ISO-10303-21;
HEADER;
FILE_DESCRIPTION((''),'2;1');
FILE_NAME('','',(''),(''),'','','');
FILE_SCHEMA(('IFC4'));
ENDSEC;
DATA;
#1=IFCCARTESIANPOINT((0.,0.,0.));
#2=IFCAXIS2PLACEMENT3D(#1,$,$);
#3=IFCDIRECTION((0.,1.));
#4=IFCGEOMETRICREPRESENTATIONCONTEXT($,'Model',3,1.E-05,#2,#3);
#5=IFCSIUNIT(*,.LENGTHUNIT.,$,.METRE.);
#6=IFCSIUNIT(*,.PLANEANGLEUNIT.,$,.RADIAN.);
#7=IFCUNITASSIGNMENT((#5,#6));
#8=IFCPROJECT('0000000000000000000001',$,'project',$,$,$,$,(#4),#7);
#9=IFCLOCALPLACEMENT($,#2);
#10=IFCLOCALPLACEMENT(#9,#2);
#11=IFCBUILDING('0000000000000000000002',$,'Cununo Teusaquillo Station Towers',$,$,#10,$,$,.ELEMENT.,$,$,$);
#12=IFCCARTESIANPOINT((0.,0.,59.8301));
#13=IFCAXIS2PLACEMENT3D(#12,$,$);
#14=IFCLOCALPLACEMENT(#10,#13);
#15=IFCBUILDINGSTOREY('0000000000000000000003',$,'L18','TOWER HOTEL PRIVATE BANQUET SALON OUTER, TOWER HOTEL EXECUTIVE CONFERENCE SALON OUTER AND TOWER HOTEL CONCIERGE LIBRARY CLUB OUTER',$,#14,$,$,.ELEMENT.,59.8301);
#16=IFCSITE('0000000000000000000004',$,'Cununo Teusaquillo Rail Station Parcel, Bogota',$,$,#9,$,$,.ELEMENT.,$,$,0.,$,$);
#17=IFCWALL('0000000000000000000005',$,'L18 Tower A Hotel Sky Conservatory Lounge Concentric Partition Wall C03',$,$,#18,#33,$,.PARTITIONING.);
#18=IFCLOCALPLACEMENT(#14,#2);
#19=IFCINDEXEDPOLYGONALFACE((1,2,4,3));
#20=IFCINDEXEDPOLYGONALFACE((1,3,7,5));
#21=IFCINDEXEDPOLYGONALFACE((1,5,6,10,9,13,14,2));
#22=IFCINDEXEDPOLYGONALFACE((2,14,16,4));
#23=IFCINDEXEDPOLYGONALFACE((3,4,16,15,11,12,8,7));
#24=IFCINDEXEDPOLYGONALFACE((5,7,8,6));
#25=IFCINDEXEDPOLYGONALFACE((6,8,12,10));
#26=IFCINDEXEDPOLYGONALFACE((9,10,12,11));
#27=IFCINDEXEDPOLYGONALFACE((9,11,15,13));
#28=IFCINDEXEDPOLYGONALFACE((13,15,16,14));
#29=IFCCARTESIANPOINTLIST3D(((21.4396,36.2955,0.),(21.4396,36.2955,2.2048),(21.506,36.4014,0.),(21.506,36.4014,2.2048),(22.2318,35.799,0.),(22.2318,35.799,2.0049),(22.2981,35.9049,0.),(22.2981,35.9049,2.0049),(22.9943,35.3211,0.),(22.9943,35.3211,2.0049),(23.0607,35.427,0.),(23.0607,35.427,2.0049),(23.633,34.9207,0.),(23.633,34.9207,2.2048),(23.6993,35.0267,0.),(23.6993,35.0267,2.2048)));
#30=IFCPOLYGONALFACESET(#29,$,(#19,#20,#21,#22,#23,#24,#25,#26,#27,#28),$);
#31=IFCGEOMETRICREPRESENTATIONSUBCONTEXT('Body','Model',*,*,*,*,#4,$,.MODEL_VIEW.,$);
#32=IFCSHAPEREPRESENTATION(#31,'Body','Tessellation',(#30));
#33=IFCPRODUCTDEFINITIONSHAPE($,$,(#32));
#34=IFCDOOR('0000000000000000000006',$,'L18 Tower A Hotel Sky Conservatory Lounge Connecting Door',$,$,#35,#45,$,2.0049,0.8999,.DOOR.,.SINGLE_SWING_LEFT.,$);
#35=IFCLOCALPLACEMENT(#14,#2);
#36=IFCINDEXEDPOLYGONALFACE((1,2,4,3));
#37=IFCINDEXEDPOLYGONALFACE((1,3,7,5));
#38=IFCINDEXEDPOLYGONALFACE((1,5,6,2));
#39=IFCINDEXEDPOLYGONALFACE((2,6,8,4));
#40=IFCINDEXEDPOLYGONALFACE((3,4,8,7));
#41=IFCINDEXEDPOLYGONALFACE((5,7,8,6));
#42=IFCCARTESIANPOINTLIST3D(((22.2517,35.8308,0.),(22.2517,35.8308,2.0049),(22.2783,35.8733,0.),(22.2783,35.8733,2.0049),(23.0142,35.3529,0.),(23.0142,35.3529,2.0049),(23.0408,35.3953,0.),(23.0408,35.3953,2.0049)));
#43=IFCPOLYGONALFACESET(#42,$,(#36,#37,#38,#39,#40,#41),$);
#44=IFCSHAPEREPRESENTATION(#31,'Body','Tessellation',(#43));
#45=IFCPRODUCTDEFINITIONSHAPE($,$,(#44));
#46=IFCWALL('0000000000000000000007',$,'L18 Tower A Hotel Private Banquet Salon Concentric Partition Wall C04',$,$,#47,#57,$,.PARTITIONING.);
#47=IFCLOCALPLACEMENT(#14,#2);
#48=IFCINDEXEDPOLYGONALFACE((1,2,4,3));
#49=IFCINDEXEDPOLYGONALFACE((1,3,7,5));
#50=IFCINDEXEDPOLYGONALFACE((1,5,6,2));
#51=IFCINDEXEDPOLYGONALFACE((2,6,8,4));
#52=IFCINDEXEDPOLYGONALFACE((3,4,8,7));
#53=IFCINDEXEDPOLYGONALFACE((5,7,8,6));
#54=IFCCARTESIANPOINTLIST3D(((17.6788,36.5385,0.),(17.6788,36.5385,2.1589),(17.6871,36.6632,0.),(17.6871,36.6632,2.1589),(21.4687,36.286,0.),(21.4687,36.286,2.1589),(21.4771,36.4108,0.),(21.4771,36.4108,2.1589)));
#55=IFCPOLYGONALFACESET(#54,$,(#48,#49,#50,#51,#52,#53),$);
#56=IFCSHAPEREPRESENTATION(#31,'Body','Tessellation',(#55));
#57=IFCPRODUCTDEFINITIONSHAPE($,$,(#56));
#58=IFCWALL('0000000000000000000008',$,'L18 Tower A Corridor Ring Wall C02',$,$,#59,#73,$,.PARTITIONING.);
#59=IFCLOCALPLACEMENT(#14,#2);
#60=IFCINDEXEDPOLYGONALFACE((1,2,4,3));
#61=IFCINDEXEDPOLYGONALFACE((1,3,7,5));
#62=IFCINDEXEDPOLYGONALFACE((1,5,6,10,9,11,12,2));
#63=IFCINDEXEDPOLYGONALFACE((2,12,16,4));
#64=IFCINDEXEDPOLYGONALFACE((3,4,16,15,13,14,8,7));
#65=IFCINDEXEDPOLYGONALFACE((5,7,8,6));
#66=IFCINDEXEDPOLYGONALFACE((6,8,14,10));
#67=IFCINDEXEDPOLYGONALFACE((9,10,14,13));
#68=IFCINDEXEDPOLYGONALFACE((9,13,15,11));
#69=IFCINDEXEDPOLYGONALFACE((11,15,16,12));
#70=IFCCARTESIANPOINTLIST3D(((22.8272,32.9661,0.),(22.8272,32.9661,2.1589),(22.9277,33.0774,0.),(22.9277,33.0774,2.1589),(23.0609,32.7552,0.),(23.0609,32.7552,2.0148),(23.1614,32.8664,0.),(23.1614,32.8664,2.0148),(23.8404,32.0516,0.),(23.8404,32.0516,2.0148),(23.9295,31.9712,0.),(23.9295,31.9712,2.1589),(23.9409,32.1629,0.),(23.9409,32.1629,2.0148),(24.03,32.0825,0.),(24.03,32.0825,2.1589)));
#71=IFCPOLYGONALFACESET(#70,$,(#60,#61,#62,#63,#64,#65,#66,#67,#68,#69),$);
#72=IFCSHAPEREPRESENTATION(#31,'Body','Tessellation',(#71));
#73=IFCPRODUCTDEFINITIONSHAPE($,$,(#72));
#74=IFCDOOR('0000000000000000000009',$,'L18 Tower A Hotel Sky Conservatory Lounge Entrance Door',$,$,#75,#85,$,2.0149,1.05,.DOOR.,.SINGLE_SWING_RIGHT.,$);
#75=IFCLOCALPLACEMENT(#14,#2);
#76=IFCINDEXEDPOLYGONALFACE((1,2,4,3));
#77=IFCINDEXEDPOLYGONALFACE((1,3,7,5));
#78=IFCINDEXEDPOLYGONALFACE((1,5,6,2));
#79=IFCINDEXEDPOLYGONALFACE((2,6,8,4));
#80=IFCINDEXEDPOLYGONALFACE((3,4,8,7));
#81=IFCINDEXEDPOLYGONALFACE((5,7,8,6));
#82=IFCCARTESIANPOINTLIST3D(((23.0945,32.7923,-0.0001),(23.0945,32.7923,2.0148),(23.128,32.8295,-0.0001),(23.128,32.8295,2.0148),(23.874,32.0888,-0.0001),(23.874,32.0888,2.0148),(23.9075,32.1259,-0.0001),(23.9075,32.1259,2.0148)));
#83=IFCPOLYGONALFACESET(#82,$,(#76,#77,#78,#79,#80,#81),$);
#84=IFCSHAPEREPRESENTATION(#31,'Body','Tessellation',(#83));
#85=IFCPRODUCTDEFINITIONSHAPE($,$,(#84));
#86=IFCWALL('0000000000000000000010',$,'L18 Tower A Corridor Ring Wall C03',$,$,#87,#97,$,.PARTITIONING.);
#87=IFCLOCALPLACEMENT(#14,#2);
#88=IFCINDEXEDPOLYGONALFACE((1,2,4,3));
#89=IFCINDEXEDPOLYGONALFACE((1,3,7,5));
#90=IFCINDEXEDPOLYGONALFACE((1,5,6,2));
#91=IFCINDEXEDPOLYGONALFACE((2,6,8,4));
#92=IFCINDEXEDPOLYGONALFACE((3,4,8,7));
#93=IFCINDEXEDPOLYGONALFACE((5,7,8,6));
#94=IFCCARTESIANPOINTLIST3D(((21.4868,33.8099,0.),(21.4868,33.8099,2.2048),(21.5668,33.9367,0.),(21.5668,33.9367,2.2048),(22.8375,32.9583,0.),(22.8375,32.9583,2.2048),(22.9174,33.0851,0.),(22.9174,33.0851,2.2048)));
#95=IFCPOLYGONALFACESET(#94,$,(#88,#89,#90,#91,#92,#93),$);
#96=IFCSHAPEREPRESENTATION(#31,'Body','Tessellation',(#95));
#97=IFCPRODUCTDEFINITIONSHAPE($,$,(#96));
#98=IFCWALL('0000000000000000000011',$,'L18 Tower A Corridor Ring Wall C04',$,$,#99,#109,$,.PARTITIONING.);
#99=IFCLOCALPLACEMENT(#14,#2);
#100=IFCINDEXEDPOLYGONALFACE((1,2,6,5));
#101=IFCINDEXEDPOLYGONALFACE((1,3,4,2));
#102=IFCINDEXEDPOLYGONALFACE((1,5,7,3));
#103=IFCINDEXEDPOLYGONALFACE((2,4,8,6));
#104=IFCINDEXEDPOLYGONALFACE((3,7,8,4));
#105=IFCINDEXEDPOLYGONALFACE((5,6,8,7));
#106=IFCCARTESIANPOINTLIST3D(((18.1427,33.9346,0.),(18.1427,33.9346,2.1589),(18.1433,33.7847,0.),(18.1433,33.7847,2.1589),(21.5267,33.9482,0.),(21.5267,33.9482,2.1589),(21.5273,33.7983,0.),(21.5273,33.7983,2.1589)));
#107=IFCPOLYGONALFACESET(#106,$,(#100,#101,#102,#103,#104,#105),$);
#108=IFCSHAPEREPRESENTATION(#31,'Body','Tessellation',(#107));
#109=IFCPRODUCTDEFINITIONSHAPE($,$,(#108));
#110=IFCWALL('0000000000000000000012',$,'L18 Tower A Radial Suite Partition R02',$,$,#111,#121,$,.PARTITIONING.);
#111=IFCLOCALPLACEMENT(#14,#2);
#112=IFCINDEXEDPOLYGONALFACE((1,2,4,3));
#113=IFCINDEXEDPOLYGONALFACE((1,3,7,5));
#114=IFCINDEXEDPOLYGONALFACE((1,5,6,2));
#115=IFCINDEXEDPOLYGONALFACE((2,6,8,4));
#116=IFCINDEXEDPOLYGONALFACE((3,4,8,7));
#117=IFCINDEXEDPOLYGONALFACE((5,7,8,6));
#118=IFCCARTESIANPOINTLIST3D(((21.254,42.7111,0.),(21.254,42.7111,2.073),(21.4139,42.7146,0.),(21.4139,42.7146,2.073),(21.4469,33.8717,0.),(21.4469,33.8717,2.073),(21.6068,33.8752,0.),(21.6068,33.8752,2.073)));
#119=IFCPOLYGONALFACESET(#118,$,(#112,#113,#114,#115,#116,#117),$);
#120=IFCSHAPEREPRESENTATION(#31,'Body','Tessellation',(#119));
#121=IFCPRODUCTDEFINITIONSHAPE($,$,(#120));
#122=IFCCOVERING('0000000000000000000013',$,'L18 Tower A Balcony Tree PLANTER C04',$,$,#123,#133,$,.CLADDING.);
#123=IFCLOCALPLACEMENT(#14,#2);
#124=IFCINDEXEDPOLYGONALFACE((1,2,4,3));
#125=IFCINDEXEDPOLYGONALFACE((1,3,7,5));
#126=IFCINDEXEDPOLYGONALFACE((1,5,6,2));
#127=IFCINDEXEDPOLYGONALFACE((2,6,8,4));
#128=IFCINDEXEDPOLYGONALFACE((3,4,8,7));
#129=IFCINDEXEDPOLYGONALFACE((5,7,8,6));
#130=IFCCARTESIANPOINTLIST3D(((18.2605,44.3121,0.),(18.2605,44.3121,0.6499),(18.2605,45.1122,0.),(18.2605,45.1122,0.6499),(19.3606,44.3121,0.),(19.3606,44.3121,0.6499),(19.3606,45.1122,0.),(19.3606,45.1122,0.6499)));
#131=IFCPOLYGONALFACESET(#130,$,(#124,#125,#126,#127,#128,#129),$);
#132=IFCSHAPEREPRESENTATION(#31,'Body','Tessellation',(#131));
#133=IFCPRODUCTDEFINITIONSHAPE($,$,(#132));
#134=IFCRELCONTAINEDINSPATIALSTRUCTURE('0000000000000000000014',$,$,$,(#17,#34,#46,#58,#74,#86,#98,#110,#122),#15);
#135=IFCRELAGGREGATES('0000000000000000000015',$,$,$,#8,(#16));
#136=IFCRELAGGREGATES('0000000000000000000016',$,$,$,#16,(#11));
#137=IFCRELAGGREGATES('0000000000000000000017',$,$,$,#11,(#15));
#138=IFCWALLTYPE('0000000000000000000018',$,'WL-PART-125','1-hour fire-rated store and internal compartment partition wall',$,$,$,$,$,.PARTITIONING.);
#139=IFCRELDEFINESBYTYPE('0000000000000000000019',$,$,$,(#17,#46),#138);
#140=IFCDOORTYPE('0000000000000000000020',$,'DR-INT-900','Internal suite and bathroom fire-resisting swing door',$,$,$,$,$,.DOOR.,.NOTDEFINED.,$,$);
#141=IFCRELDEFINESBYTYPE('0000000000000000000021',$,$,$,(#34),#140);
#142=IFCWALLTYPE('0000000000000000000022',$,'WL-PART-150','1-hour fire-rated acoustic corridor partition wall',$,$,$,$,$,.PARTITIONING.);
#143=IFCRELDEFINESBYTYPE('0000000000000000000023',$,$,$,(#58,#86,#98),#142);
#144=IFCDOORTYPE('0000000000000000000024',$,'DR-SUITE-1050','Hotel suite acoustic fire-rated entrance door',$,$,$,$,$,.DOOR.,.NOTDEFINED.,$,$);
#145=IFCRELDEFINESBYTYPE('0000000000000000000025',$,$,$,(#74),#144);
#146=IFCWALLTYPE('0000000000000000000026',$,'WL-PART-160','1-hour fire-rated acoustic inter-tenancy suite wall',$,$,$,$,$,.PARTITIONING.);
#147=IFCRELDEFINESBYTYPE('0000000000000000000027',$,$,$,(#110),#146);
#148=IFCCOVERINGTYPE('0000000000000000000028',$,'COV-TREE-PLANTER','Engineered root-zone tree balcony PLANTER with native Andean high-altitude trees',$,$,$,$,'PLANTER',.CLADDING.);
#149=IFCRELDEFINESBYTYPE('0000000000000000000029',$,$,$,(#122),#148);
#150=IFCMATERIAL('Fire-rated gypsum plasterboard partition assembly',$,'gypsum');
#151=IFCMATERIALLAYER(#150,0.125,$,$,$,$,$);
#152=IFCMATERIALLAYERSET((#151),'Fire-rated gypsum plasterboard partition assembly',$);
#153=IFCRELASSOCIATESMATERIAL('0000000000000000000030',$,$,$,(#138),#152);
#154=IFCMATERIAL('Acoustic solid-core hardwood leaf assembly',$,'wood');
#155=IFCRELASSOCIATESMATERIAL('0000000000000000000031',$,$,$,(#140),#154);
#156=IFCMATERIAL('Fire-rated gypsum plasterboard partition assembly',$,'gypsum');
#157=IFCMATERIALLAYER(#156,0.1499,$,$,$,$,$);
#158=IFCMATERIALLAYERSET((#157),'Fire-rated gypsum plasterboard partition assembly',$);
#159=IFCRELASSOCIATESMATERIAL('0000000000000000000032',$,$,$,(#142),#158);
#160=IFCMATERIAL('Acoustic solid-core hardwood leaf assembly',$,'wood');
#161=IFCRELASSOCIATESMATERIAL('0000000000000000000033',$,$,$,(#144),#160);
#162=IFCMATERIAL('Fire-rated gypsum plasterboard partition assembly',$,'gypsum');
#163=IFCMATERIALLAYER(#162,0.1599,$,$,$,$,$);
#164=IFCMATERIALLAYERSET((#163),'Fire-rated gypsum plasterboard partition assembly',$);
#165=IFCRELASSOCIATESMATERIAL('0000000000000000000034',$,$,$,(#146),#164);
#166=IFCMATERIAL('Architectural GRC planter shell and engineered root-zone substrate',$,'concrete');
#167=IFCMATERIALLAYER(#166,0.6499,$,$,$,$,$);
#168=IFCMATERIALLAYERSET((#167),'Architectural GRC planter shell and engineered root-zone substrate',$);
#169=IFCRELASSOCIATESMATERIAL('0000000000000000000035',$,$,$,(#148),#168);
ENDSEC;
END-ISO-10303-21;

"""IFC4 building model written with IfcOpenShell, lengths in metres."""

from ifc_helpers import new_model, si_unit, direction, frame, frame_2d, origin, origin_2d, place, context, subcontext, project, spatial, rectangle, extrude, source, transform, mapped, material, layer, layer_set, type_object, element, fill, save


model = new_model("IFC4")

# Units and contexts
model_context = context("Model", 3, precision=1e-05, world=origin(), true_north=direction((0.0, 1.0)))
body_context = subcontext(model_context, "Body", "Model", "MODEL_VIEW")
ifc_project = project(units=[si_unit("LENGTHUNIT", "METRE"), si_unit("PLANEANGLEUNIT", "RADIAN")], contexts=[model_context])

# Site, building, storey
site_placement = place(None, origin())
site = spatial("IfcSite", under=ifc_project, at=site_placement, Name="Cununo Teusaquillo Rail Station Parcel, Bogota", CompositionType="ELEMENT", RefElevation=0.0)
building_placement = place(site_placement, origin())
building = spatial("IfcBuilding", under=site, at=building_placement, Name="Cununo Teusaquillo Station Towers", CompositionType="ELEMENT")
storey_placement = place(building_placement, frame((0.0, 0.0, 59.8301)))
storey = spatial("IfcBuildingStorey", under=building, at=storey_placement, Name="L18", Description="TOWER HOTEL PRIVATE BANQUET SALON OUTER, TOWER HOTEL EXECUTIVE CONFERENCE SALON OUTER AND TOWER HOTEL CONCIERGE LIBRARY CLUB OUTER", CompositionType="ELEMENT", Elevation=59.8301)

# Shared definitions
ifc_material_1 = material(Name="Fire-rated gypsum plasterboard partition assembly", Category="gypsum")
ifc_layer_1 = layer(ifc_material_1, 0.125)
ifc_layer_set_1 = layer_set([ifc_layer_1], Name="Fire-rated gypsum plasterboard partition assembly")
wall_type_1 = type_object("IfcWallType", Name="WL-PART-125", Description="1-hour fire-rated store and internal compartment partition wall", PredefinedType="PARTITIONING", material=ifc_layer_set_1)

# Wall, opening, door
wall_1_placement = place(storey_placement, frame((23.6663, 34.9736, 0.0), z_axis=(0.0, 0.0, 1.0), x_axis=(-0.847319, 0.531084, 0.0)))
wall_1 = element("IfcWall", 1, at=wall_1_placement, inside=storey, type_object=wall_type_1, Name="L18 Tower A Hotel Sky Conservatory Lounge Concentric Partition Wall C03", PredefinedType="PARTITIONING", context=body_context, shape_type="SweptSolid", body=[
    extrude(rectangle(XDim=2.5886, YDim=0.125, at=frame_2d((1.2944, 0.0))), origin(), (0.0, 0.0, 1.0), 2.2048),
])
shared_shape_1 = source(origin(), body_context, "Body", "SweptSolid", [
    extrude(rectangle(XDim=0.8999, YDim=2.0049, at=frame_2d((0.45, 1.0024))), frame((0.0, 0.0725, 0.0), z_axis=(0.0, -1.0, 0.0), x_axis=(1.0, 0.0, 0.0)), (0.0, 0.0, 1.0), 0.145),
])
opening_1_placement = place(wall_1_placement, frame((0.7539, 0.0, 0.0)))
opening_1 = element("IfcOpeningElement", 2, at=opening_1_placement, cuts=wall_1, PredefinedType="OPENING", context=body_context, shape_type="MappedRepresentation", body=[
    mapped(shared_shape_1, transform((0.0, 0.0, 0.0), x_axis=(1.0, 0.0, 0.0), y_axis=(0.0, 1.0, 0.0), z_axis=(0.0, 0.0, 1.0), scale=1.0)),
])
ifc_material_2 = material(Name="Acoustic solid-core hardwood leaf assembly", Category="wood")
door_type_1 = type_object("IfcDoorType", Name="DR-INT-900", Description="Internal suite and bathroom fire-resisting swing door", OperationType="NOTDEFINED", PredefinedType="DOOR", material=ifc_material_2)
shared_shape_2 = source(origin(), body_context, "Body", "SweptSolid", [
    extrude(rectangle(XDim=0.8999, YDim=2.0049, at=frame_2d((0.45, 1.0024))), frame((0.0, 0.0249, 0.0), z_axis=(0.0, -1.0, 0.0), x_axis=(1.0, 0.0, 0.0)), (0.0, 0.0, 1.0), 0.05),
])
door_1_placement = place(opening_1_placement, origin())
door_1 = element("IfcDoor", 3, at=door_1_placement, inside=storey, type_object=door_type_1, Name="L18 Tower A Hotel Sky Conservatory Lounge Connecting Door", OperationType="SINGLE_SWING_LEFT", OverallHeight=2.0049, OverallWidth=0.8999, PredefinedType="DOOR", context=body_context, shape_type="MappedRepresentation", body=[
    mapped(shared_shape_2, transform((0.0, 0.0, 0.0), x_axis=(1.0, 0.0, 0.0), y_axis=(0.0, 1.0, 0.0), z_axis=(0.0, 0.0, 1.0), scale=1.0)),
])
fill(opening_1, door_1)

# Wall
wall_2_placement = place(storey_placement, frame((21.4729, 36.3484, 0.0), z_axis=(0.0, 0.0, 1.0), x_axis=(-0.997789, 0.066459, 0.0)))
element("IfcWall", 4, at=wall_2_placement, inside=storey, type_object=wall_type_1, Name="L18 Tower A Hotel Private Banquet Salon Concentric Partition Wall C04", PredefinedType="PARTITIONING", context=body_context, shape_type="SweptSolid", body=[
    extrude(rectangle(XDim=3.7983, YDim=0.125, at=frame_2d((1.8992, 0.0))), origin(), (0.0, 0.0, 1.0), 2.1589),
])

# Wall, opening, door
ifc_material_3 = material(Name="Fire-rated gypsum plasterboard partition assembly", Category="gypsum")
ifc_layer_2 = layer(ifc_material_3, 0.1499)
ifc_layer_set_2 = layer_set([ifc_layer_2], Name="Fire-rated gypsum plasterboard partition assembly")
wall_type_2 = type_object("IfcWallType", Name="WL-PART-150", Description="1-hour fire-rated acoustic corridor partition wall", PredefinedType="PARTITIONING", material=ifc_layer_set_2)
wall_3_placement = place(storey_placement, frame((23.9797, 32.0269, 0.0), z_axis=(0.0, 0.0, 1.0), x_axis=(-0.742353, 0.670009, 0.0)))
wall_3 = element("IfcWall", 5, at=wall_3_placement, inside=storey, type_object=wall_type_2, Name="L18 Tower A Corridor Ring Wall C02", PredefinedType="PARTITIONING", context=body_context, shape_type="SweptSolid", body=[
    extrude(rectangle(XDim=1.4849, YDim=0.1499, at=frame_2d((0.7424, 0.0))), origin(), (0.0, 0.0, 1.0), 2.1589),
])
shared_shape_3 = source(origin(), body_context, "Body", "SweptSolid", [
    extrude(rectangle(XDim=1.05, YDim=2.0149, at=frame_2d((0.5249, 1.0073))), frame((0.0, 0.085, 0.0), z_axis=(0.0, -1.0, 0.0), x_axis=(1.0, 0.0, 0.0)), (0.0, 0.0, 1.0), 0.1699),
])
opening_2_placement = place(wall_3_placement, frame((0.1201, 0.0, 0.0)))
opening_2 = element("IfcOpeningElement", 6, at=opening_2_placement, cuts=wall_3, PredefinedType="OPENING", context=body_context, shape_type="MappedRepresentation", body=[
    mapped(shared_shape_3, transform((0.0, 0.0, 0.0), x_axis=(1.0, 0.0, 0.0), y_axis=(0.0, 1.0, 0.0), z_axis=(0.0, 0.0, 1.0), scale=1.0)),
])
ifc_material_4 = material(Name="Acoustic solid-core hardwood leaf assembly", Category="wood")
door_type_2 = type_object("IfcDoorType", Name="DR-SUITE-1050", Description="Hotel suite acoustic fire-rated entrance door", OperationType="NOTDEFINED", PredefinedType="DOOR", material=ifc_material_4)
shared_shape_4 = source(origin(), body_context, "Body", "SweptSolid", [
    extrude(rectangle(XDim=1.05, YDim=2.0149, at=frame_2d((0.5249, 1.0073))), frame((0.0, 0.0249, 0.0), z_axis=(0.0, -1.0, 0.0), x_axis=(1.0, 0.0, 0.0)), (0.0, 0.0, 1.0), 0.05),
])
door_2_placement = place(opening_2_placement, origin())
door_2 = element("IfcDoor", 7, at=door_2_placement, inside=storey, type_object=door_type_2, Name="L18 Tower A Hotel Sky Conservatory Lounge Entrance Door", OperationType="SINGLE_SWING_RIGHT", OverallHeight=2.0149, OverallWidth=1.05, PredefinedType="DOOR", context=body_context, shape_type="MappedRepresentation", body=[
    mapped(shared_shape_4, transform((0.0, 0.0, 0.0), x_axis=(1.0, 0.0, 0.0), y_axis=(0.0, 1.0, 0.0), z_axis=(0.0, 0.0, 1.0), scale=1.0)),
])
fill(opening_2, door_2)

# Walls
wall_4_placement = place(storey_placement, frame((22.8774, 33.0217, 0.0), z_axis=(0.0, 0.0, 1.0), x_axis=(-0.845896, 0.533348, 0.0)))
element("IfcWall", 8, at=wall_4_placement, inside=storey, type_object=wall_type_2, Name="L18 Tower A Corridor Ring Wall C03", PredefinedType="PARTITIONING", context=body_context, shape_type="SweptSolid", body=[
    extrude(rectangle(XDim=1.5967, YDim=0.1499, at=frame_2d((0.7983, 0.0))), origin(), (0.0, 0.0, 1.0), 2.2048),
])
wall_5_placement = place(storey_placement, frame((21.5269, 33.8733, 0.0), z_axis=(0.0, 0.0, 1.0), x_axis=(-0.999992, -0.00404, 0.0)))
element("IfcWall", 9, at=wall_5_placement, inside=storey, type_object=wall_type_2, Name="L18 Tower A Corridor Ring Wall C04", PredefinedType="PARTITIONING", context=body_context, shape_type="SweptSolid", body=[
    extrude(rectangle(XDim=3.384, YDim=0.1499, at=frame_2d((1.6919, 0.0))), origin(), (0.0, 0.0, 1.0), 2.1589),
])
ifc_material_5 = material(Name="Fire-rated gypsum plasterboard partition assembly", Category="gypsum")
ifc_layer_3 = layer(ifc_material_5, 0.1599)
ifc_layer_set_3 = layer_set([ifc_layer_3], Name="Fire-rated gypsum plasterboard partition assembly")
wall_type_3 = type_object("IfcWallType", Name="WL-PART-160", Description="1-hour fire-rated acoustic inter-tenancy suite wall", PredefinedType="PARTITIONING", material=ifc_layer_set_3)
wall_6_placement = place(storey_placement, frame((21.5269, 33.8733, 0.0), z_axis=(0.0, 0.0, 1.0), x_axis=(-0.021814, 0.999762, 0.0)))
element("IfcWall", 10, at=wall_6_placement, inside=storey, type_object=wall_type_3, Name="L18 Tower A Radial Suite Partition R02", PredefinedType="PARTITIONING", context=body_context, shape_type="SweptSolid", body=[
    extrude(rectangle(XDim=8.8416, YDim=0.1599, at=frame_2d((4.4209, 0.0))), origin(), (0.0, 0.0, 1.0), 2.073),
])

# Covering
ifc_material_6 = material(Name="Architectural GRC planter shell and engineered root-zone substrate", Category="concrete")
ifc_layer_4 = layer(ifc_material_6, 0.6499)
ifc_layer_set_4 = layer_set([ifc_layer_4], Name="Architectural GRC planter shell and engineered root-zone substrate")
covering_type = type_object("IfcCoveringType", Name="COV-TREE-PLANTER", Description="Engineered root-zone tree balcony PLANTER with native Andean high-altitude trees", ElementType="PLANTER", PredefinedType="CLADDING", material=ifc_layer_set_4)
shared_shape_5 = source(origin(), body_context, "Body", "SweptSolid", [
    extrude(rectangle(XDim=1.1001, YDim=0.8, at=origin_2d()), origin(), (0.0, 0.0, 1.0), 0.6499),
])
covering_placement = place(storey_placement, frame((18.8105, 44.7122, 0.0), z_axis=(0.0, 0.0, 1.0), x_axis=(1.0, 0.0, 0.0)))
element("IfcCovering", 11, at=covering_placement, inside=storey, type_object=covering_type, Name="L18 Tower A Balcony Tree PLANTER C04", PredefinedType="CLADDING", context=body_context, shape_type="MappedRepresentation", body=[
    mapped(shared_shape_5, transform((0.0, 0.0, 0.0), x_axis=(1.0, 0.0, 0.0), y_axis=(0.0, 1.0, 0.0), z_axis=(0.0, 0.0, 1.0), scale=1.0)),
])

save(model, "model.ifc")
